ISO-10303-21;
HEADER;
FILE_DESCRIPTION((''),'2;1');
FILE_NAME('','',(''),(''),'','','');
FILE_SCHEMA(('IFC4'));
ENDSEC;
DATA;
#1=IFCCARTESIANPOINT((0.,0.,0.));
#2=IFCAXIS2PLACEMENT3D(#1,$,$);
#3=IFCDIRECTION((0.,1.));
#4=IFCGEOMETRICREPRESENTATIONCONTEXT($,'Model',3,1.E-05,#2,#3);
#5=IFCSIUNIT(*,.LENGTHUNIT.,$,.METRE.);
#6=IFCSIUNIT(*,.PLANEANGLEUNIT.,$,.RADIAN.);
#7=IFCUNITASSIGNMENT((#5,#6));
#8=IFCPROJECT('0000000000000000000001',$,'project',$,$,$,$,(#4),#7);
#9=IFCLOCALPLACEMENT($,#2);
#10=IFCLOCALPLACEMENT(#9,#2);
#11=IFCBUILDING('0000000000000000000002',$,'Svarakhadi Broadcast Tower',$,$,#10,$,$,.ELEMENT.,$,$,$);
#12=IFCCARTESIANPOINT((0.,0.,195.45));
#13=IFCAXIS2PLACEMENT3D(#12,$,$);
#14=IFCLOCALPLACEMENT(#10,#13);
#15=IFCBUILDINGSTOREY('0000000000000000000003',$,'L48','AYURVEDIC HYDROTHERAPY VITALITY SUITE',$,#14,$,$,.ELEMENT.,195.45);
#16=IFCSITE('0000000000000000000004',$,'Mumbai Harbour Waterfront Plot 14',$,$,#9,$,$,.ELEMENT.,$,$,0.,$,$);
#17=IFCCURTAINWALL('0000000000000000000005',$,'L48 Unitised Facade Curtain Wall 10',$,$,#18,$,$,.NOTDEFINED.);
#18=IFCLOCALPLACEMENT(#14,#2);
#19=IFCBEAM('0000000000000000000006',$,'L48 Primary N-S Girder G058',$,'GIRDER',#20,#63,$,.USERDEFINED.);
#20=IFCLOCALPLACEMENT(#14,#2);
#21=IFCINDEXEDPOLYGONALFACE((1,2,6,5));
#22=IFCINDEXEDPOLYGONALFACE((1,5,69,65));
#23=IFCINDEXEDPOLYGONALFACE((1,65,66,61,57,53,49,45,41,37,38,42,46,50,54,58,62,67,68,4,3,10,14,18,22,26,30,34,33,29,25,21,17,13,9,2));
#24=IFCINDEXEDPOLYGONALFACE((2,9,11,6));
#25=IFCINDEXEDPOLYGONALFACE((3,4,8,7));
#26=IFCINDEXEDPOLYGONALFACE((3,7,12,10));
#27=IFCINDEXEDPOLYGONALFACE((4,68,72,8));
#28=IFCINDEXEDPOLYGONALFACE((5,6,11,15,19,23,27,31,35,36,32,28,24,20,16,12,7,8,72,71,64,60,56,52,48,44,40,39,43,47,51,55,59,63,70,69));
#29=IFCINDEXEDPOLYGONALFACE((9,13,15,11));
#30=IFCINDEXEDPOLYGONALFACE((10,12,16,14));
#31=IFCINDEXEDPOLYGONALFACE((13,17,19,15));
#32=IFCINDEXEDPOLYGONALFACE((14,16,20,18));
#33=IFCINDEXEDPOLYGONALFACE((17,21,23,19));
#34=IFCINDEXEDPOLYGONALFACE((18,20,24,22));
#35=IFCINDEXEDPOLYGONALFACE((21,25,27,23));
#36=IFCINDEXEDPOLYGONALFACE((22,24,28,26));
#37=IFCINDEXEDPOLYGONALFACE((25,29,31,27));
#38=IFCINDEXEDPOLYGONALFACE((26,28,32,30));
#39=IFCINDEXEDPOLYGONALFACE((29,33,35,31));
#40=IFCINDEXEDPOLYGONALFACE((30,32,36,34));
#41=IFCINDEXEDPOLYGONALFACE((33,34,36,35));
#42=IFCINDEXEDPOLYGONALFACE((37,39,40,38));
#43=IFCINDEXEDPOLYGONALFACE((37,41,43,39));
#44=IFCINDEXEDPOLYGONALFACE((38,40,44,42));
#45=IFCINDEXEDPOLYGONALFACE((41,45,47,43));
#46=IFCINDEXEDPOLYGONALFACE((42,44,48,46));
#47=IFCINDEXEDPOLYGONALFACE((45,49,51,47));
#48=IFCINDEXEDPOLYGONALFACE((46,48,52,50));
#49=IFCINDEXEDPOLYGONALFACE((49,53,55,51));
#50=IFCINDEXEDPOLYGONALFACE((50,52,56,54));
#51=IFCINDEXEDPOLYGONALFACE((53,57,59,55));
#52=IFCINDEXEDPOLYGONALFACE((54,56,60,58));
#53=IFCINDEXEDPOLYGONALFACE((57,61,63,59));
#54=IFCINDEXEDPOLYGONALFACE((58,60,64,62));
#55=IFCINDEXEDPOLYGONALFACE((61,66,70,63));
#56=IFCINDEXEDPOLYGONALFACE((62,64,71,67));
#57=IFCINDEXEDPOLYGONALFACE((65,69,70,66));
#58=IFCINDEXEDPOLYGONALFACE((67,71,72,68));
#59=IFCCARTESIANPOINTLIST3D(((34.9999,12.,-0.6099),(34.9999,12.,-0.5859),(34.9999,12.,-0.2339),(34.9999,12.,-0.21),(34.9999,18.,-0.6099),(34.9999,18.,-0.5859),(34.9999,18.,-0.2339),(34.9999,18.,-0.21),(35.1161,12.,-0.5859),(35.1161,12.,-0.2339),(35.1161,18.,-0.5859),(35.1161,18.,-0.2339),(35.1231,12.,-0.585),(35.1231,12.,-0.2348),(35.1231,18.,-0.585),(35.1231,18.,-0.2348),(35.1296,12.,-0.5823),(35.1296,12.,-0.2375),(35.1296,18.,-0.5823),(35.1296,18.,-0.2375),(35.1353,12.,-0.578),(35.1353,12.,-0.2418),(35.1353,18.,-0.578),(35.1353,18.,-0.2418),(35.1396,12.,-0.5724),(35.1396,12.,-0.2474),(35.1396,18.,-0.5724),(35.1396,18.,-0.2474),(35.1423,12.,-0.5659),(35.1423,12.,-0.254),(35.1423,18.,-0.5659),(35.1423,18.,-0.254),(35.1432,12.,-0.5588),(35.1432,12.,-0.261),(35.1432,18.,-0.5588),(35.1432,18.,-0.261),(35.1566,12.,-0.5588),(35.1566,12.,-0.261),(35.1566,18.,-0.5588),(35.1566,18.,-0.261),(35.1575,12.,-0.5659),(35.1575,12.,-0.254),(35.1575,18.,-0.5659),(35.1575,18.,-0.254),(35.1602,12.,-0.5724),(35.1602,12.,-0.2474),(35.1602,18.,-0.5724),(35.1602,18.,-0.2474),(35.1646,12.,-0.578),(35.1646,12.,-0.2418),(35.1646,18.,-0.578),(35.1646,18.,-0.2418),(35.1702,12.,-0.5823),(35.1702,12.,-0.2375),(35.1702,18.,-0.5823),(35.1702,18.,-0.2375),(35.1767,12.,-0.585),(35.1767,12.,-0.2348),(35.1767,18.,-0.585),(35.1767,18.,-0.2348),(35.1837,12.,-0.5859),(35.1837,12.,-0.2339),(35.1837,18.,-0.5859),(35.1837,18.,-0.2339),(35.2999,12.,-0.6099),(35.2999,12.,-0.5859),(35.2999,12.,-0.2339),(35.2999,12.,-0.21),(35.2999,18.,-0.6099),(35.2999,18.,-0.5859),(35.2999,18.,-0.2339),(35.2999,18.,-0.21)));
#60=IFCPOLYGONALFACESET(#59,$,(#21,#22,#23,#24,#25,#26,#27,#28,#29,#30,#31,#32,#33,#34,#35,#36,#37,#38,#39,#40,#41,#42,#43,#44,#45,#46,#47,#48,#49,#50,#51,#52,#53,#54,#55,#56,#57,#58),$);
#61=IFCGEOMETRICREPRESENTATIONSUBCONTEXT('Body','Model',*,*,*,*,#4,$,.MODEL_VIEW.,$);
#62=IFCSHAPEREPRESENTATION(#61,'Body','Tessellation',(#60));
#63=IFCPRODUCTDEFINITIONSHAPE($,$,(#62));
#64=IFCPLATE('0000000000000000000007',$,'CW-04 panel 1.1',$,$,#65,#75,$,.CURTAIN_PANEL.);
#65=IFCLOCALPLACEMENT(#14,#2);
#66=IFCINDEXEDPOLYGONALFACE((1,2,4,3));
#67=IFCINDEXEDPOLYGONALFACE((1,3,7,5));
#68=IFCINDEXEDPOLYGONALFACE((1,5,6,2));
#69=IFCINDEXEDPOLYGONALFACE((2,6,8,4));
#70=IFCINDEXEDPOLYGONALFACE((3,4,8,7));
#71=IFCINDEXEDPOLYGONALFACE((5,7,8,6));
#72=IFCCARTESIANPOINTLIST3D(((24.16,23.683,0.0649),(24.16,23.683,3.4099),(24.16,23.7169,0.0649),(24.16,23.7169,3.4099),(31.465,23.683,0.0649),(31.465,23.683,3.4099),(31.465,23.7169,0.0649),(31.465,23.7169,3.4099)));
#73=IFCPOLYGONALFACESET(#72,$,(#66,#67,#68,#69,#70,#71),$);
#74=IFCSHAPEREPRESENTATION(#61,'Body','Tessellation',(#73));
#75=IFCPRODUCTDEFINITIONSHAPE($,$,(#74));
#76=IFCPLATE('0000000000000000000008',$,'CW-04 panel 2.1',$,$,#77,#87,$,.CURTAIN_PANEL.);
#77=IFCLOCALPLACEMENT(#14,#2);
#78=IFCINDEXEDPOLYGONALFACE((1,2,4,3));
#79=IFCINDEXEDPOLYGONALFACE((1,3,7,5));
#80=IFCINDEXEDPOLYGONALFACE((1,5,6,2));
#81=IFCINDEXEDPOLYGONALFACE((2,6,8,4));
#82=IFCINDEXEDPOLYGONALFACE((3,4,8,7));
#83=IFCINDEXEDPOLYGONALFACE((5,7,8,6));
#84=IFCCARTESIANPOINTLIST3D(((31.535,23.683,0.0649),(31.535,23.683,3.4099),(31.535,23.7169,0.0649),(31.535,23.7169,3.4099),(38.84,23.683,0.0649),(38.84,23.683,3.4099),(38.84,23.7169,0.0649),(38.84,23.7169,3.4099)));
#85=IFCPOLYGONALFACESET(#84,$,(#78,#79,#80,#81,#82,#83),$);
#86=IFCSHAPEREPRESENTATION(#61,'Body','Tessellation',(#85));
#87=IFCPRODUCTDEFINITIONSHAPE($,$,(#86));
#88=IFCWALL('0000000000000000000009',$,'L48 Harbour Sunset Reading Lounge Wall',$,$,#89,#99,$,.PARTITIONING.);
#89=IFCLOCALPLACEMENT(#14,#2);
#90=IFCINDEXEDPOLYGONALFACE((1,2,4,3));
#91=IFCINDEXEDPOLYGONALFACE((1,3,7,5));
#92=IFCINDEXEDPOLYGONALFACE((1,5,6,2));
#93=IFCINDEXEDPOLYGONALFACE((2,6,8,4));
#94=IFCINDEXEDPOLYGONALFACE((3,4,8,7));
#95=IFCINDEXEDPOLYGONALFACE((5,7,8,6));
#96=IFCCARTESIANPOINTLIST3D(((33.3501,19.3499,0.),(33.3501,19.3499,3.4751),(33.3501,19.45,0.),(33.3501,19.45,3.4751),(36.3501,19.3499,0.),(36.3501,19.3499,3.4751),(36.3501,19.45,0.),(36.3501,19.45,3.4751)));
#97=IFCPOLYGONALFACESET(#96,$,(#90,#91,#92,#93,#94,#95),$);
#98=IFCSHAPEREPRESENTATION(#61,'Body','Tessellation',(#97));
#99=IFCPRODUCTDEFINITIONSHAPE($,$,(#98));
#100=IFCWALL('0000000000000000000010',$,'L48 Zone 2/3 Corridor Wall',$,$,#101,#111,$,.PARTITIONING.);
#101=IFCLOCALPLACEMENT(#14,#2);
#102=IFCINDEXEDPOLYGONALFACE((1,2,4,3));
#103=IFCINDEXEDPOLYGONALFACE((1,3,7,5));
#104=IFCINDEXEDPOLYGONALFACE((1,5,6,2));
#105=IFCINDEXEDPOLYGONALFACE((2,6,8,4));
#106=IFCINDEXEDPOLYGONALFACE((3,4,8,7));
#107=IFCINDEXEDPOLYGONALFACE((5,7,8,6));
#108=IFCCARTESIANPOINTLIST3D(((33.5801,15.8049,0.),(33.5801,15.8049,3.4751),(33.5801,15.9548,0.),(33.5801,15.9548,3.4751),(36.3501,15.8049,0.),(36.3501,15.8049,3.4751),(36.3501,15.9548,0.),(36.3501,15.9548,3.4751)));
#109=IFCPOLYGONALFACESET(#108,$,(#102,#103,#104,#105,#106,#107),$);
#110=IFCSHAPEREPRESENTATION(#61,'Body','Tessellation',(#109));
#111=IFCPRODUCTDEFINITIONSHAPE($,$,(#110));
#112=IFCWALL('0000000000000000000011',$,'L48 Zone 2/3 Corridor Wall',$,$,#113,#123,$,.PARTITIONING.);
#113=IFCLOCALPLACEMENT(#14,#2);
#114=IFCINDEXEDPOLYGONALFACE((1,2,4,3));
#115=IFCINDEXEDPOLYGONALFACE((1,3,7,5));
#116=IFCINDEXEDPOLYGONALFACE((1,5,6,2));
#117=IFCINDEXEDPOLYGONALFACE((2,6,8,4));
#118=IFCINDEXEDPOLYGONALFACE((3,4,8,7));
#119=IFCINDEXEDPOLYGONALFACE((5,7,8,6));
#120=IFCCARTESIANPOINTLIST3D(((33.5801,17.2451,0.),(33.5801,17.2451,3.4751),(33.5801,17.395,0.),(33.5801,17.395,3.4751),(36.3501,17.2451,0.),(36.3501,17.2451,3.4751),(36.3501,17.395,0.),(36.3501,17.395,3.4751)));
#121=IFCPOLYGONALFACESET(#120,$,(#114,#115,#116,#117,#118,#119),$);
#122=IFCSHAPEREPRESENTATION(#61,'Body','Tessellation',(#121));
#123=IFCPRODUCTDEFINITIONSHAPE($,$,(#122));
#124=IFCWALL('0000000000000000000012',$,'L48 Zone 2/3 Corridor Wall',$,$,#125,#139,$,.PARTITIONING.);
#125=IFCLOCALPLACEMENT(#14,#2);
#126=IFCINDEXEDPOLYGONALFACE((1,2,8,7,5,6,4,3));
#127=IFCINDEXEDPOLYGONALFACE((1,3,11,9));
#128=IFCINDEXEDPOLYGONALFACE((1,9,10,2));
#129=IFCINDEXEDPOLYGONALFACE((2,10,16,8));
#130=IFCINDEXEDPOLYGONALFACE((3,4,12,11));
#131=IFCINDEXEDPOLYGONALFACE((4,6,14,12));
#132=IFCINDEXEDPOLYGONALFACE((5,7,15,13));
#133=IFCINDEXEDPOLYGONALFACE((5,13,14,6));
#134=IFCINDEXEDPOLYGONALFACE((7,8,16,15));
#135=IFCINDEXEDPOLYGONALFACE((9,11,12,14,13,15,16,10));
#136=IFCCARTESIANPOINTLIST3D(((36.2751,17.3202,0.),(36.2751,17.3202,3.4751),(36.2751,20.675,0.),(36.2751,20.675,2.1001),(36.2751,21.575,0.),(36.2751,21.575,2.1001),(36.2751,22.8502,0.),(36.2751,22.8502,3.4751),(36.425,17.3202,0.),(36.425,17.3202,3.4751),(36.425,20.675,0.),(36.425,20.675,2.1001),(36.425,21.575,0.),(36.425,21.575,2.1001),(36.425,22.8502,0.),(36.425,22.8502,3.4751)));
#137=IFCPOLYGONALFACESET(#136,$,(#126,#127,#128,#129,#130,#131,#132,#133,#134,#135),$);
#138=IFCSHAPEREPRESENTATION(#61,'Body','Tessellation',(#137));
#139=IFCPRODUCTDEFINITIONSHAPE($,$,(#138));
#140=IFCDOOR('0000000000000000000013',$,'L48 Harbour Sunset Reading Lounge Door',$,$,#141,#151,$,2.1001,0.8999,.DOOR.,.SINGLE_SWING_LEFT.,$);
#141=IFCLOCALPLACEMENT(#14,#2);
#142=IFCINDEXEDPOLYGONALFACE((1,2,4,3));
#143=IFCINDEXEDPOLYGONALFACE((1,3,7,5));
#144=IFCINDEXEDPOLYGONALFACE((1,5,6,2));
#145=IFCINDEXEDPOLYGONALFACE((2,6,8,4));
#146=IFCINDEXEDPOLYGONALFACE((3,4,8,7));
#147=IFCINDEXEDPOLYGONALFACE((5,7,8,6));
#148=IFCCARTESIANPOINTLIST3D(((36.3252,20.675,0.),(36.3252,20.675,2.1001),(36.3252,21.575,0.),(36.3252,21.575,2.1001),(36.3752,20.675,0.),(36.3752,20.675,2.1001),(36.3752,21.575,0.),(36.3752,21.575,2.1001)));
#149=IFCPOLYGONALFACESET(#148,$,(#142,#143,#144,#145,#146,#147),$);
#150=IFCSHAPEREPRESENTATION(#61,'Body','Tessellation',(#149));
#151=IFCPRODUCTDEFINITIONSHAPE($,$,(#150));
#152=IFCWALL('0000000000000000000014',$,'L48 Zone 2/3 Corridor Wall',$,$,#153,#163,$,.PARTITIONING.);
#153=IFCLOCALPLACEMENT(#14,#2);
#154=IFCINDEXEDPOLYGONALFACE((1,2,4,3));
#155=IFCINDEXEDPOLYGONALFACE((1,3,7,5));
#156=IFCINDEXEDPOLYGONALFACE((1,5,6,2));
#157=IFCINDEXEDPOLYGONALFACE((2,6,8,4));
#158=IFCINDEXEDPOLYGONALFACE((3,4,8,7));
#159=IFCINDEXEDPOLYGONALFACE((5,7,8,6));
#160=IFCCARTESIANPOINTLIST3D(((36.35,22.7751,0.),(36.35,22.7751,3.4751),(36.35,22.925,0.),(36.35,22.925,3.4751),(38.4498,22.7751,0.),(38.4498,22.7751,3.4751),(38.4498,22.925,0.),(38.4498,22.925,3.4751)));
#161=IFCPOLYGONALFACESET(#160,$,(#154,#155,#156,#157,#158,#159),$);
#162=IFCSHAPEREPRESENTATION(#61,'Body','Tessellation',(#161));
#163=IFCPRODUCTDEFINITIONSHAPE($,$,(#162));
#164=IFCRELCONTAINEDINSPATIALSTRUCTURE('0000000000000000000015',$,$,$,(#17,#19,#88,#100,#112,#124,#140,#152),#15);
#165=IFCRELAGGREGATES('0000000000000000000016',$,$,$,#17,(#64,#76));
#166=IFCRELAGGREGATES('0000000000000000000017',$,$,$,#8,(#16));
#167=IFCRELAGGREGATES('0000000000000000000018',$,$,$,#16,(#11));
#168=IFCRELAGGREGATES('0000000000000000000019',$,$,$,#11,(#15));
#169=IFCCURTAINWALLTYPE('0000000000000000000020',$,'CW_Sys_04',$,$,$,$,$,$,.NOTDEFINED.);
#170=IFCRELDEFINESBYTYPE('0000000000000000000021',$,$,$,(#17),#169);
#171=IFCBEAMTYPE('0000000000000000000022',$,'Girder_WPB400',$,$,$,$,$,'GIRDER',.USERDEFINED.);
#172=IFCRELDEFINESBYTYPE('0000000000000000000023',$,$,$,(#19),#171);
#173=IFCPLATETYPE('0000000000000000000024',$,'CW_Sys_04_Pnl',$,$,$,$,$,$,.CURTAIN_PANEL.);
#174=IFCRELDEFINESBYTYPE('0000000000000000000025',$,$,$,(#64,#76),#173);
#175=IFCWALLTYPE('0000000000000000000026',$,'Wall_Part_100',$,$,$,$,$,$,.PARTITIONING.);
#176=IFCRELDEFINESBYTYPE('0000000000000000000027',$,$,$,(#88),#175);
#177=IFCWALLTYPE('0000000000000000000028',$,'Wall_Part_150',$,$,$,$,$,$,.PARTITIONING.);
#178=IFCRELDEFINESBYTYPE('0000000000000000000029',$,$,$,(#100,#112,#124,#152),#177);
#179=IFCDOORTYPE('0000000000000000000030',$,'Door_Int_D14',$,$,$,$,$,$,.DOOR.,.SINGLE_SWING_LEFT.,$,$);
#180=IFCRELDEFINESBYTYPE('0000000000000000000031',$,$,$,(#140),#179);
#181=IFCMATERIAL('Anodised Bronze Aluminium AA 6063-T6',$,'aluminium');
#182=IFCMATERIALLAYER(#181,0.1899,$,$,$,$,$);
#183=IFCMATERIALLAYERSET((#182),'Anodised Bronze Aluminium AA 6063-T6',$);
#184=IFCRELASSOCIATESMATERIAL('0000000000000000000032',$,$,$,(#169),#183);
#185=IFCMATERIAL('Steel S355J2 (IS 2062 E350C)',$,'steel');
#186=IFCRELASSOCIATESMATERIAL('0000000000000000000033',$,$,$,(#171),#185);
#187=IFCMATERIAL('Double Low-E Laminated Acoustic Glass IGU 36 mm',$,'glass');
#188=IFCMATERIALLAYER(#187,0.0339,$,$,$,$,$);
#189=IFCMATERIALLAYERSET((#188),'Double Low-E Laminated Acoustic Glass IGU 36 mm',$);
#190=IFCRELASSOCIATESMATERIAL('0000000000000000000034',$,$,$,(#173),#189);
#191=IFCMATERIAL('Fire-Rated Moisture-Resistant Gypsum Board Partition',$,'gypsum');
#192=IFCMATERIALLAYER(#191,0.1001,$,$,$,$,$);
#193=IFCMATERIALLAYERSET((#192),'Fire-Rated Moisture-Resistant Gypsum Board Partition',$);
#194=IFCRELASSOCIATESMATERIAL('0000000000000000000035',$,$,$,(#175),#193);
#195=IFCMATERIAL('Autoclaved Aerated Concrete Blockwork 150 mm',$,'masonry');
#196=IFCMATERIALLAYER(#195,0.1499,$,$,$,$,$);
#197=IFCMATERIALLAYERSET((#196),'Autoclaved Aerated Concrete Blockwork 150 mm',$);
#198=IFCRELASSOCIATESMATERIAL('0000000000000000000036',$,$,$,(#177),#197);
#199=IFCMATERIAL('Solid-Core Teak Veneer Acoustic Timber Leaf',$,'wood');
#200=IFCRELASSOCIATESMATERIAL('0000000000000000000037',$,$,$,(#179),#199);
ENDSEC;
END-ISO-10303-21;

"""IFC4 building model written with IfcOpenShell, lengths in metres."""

from ifc_helpers import new_model, si_unit, direction, frame, frame_2d, origin, origin_2d, place, context, subcontext, project, spatial, rectangle, i_section, extrude, material, layer, layer_set, material_profile, profile_set, type_object, element, fill, aggregate, save


model = new_model("IFC4")

# Units and contexts
model_context = context("Model", 3, precision=1e-05, world=origin(), true_north=direction((0.0, 1.0)))
body_context = subcontext(model_context, "Body", "Model", "MODEL_VIEW")
ifc_project = project(units=[si_unit("LENGTHUNIT", "METRE"), si_unit("PLANEANGLEUNIT", "RADIAN")], contexts=[model_context])

# Site, building, storey
site_placement = place(None, origin())
site = spatial("IfcSite", under=ifc_project, at=site_placement, Name="Mumbai Harbour Waterfront Plot 14", CompositionType="ELEMENT", RefElevation=0.0)
building_placement = place(site_placement, origin())
building = spatial("IfcBuilding", under=site, at=building_placement, Name="Svarakhadi Broadcast Tower", CompositionType="ELEMENT")
storey_placement = place(building_placement, frame((0.0, 0.0, 195.45)))
storey = spatial("IfcBuildingStorey", under=building, at=storey_placement, Name="L48", Description="AYURVEDIC HYDROTHERAPY VITALITY SUITE", CompositionType="ELEMENT", Elevation=195.45)

# Shared definitions
ifc_material_1 = material(Name="Steel S355J2 (IS 2062 E350C)", Category="steel")

# Curtain wall
ifc_material_2 = material(Name="Anodised Bronze Aluminium AA 6063-T6", Category="aluminium")
ifc_layer_1 = layer(ifc_material_2, 0.1899)
ifc_layer_set_1 = layer_set([ifc_layer_1], Name="Anodised Bronze Aluminium AA 6063-T6")
curtain_wall_type = type_object("IfcCurtainWallType", Name="CW_Sys_04", PredefinedType="NOTDEFINED", material=ifc_layer_set_1)
curtain_wall_placement = place(storey_placement, origin())
curtain_wall = element("IfcCurtainWall", 1, at=curtain_wall_placement, inside=storey, type_object=curtain_wall_type, Name="L48 Unitised Facade Curtain Wall 10", PredefinedType="NOTDEFINED")

# Beam
ifc_material_profile_1 = material_profile(ifc_material_1, i_section(OverallWidth=0.3, OverallDepth=0.3999, WebThickness=0.0134, FlangeThickness=0.0239, FilletRadius=0.0271, at=origin_2d()), Name="WPB 400x300x155")
ifc_profile_set_1 = profile_set([ifc_material_profile_1], Name="Steel S355J2 (IS 2062 E350C)")
beam_type_1 = type_object("IfcBeamType", Name="Girder_WPB400", ElementType="GIRDER", PredefinedType="USERDEFINED", material=ifc_profile_set_1)
beam_1_placement = place(storey_placement, frame((35.1499, 12.0, -0.4099), z_axis=(0.0, 1.0, 0.0), x_axis=(-1.0, 0.0, 0.0)))
element("IfcBeam", 2, at=beam_1_placement, inside=storey, type_object=beam_type_1, Name="L48 Primary N-S Girder G058", ObjectType="GIRDER", PredefinedType="USERDEFINED", context=body_context, shape_type="SweptSolid", body=[
    extrude(i_section(OverallWidth=0.3, OverallDepth=0.3999, WebThickness=0.0134, FlangeThickness=0.0239, FilletRadius=0.0271, at=origin_2d()), origin(), (0.0, 0.0, 1.0), 6.0),
])

# Plates
ifc_material_3 = material(Name="Double Low-E Laminated Acoustic Glass IGU 36 mm", Category="glass")
ifc_layer_2 = layer(ifc_material_3, 0.0339)
ifc_layer_set_2 = layer_set([ifc_layer_2], Name="Double Low-E Laminated Acoustic Glass IGU 36 mm")
plate_type = type_object("IfcPlateType", Name="CW_Sys_04_Pnl", PredefinedType="CURTAIN_PANEL", material=ifc_layer_set_2)
plate_1_placement = place(storey_placement, frame((27.8125, 23.7, 0.0649), z_axis=(0.0, 0.0, 1.0), x_axis=(1.0, 0.0, 0.0)))
plate_1 = element("IfcPlate", 3, at=plate_1_placement, type_object=plate_type, Name="CW-04 panel 1.1", PredefinedType="CURTAIN_PANEL", context=body_context, shape_type="SweptSolid", body=[
    extrude(rectangle(XDim=7.3049, YDim=0.0339, at=origin_2d()), origin(), (0.0, 0.0, 1.0), 3.345),
])
plate_2_placement = place(storey_placement, frame((35.1875, 23.7, 0.0649), z_axis=(0.0, 0.0, 1.0), x_axis=(1.0, 0.0, 0.0)))
plate_2 = element("IfcPlate", 4, at=plate_2_placement, type_object=plate_type, Name="CW-04 panel 2.1", PredefinedType="CURTAIN_PANEL", context=body_context, shape_type="SweptSolid", body=[
    extrude(rectangle(XDim=7.3049, YDim=0.0339, at=origin_2d()), origin(), (0.0, 0.0, 1.0), 3.345),
])
aggregate(curtain_wall, [plate_1, plate_2])

# Walls
ifc_material_4 = material(Name="Fire-Rated Moisture-Resistant Gypsum Board Partition", Category="gypsum")
ifc_layer_3 = layer(ifc_material_4, 0.1001)
ifc_layer_set_3 = layer_set([ifc_layer_3], Name="Fire-Rated Moisture-Resistant Gypsum Board Partition")
wall_type_1 = type_object("IfcWallType", Name="Wall_Part_100", PredefinedType="PARTITIONING", material=ifc_layer_set_3)
wall_1_placement = place(storey_placement, frame((33.3501, 19.3999, 0.0), z_axis=(0.0, 0.0, 1.0), x_axis=(1.0, 0.0, 0.0)))
element("IfcWall", 5, at=wall_1_placement, inside=storey, type_object=wall_type_1, Name="L48 Harbour Sunset Reading Lounge Wall", PredefinedType="PARTITIONING", context=body_context, shape_type="SweptSolid", body=[
    extrude(rectangle(XDim=3.0, YDim=0.1001, at=frame_2d((1.5, 0.0))), origin(), (0.0, 0.0, 1.0), 3.4751),
])
ifc_material_5 = material(Name="Autoclaved Aerated Concrete Blockwork 150 mm", Category="masonry")
ifc_layer_4 = layer(ifc_material_5, 0.1499)
ifc_layer_set_4 = layer_set([ifc_layer_4], Name="Autoclaved Aerated Concrete Blockwork 150 mm")
wall_type_2 = type_object("IfcWallType", Name="Wall_Part_150", PredefinedType="PARTITIONING", material=ifc_layer_set_4)
for number, where, z_axis, x_axis, name in (
    (6, (36.3501, 15.8799, 0.0), (0.0, 0.0, 1.0), (-1.0, 0.0, 0.0), "L48 Zone 2/3 Corridor Wall"),
    (7, (33.5801, 17.3201, 0.0), (0.0, 0.0, 1.0), (1.0, 0.0, 0.0), "L48 Zone 2/3 Corridor Wall"),
):
    element("IfcWall", number, at=place(storey_placement, frame(where, z_axis=z_axis, x_axis=x_axis)), inside=storey, type_object=wall_type_2, Name=name, PredefinedType="PARTITIONING", context=body_context, shape_type="SweptSolid", body=[
        extrude(rectangle(XDim=2.77, YDim=0.1499, at=frame_2d((1.385, 0.0))), origin(), (0.0, 0.0, 1.0), 3.4751),
    ])

# Wall, opening, door
wall_2_placement = place(storey_placement, frame((36.3501, 17.3201, 0.0), z_axis=(0.0, 0.0, 1.0), x_axis=(0.0, 1.0, 0.0)))
wall_2 = element("IfcWall", 8, at=wall_2_placement, inside=storey, type_object=wall_type_2, Name="L48 Zone 2/3 Corridor Wall", PredefinedType="PARTITIONING", context=body_context, shape_type="SweptSolid", body=[
    extrude(rectangle(XDim=5.53, YDim=0.1499, at=frame_2d((2.7651, 0.0))), origin(), (0.0, 0.0, 1.0), 3.4751),
])
opening_1_placement = place(wall_2_placement, frame((3.355, 0.0, 0.0)))
opening_1 = element("IfcOpeningElement", 9, at=opening_1_placement, cuts=wall_2, PredefinedType="OPENING", context=body_context, shape_type="SweptSolid", body=[
    extrude(rectangle(XDim=0.8999, YDim=2.1001, at=frame_2d((0.45, 1.05))), frame((0.0, 0.085, 0.0), z_axis=(0.0, -1.0, 0.0), x_axis=(1.0, 0.0, 0.0)), (0.0, 0.0, 1.0), 0.1699),
])
ifc_material_6 = material(Name="Solid-Core Teak Veneer Acoustic Timber Leaf", Category="wood")
door_type = type_object("IfcDoorType", Name="Door_Int_D14", OperationType="SINGLE_SWING_LEFT", PredefinedType="DOOR", material=ifc_material_6)
door_1_placement = place(opening_1_placement, origin())
door_1 = element("IfcDoor", 10, at=door_1_placement, inside=storey, type_object=door_type, Name="L48 Harbour Sunset Reading Lounge Door", OperationType="SINGLE_SWING_LEFT", OverallHeight=2.1001, OverallWidth=0.8999, PredefinedType="DOOR", context=body_context, shape_type="SweptSolid", body=[
    extrude(rectangle(XDim=0.8999, YDim=2.1001, at=frame_2d((0.45, 1.05))), frame((0.0, 0.0249, 0.0), z_axis=(0.0, -1.0, 0.0), x_axis=(1.0, 0.0, 0.0)), (0.0, 0.0, 1.0), 0.05),
])
fill(opening_1, door_1)

# Wall
wall_3_placement = place(storey_placement, frame((36.3501, 22.8501, 0.0), z_axis=(0.0, 0.0, 1.0), x_axis=(1.0, 0.0, 0.0)))
element("IfcWall", 11, at=wall_3_placement, inside=storey, type_object=wall_type_2, Name="L48 Zone 2/3 Corridor Wall", PredefinedType="PARTITIONING", context=body_context, shape_type="SweptSolid", body=[
    extrude(rectangle(XDim=2.0999, YDim=0.1499, at=frame_2d((1.0498, 0.0))), origin(), (0.0, 0.0, 1.0), 3.4751),
])

save(model, "model.ifc")
